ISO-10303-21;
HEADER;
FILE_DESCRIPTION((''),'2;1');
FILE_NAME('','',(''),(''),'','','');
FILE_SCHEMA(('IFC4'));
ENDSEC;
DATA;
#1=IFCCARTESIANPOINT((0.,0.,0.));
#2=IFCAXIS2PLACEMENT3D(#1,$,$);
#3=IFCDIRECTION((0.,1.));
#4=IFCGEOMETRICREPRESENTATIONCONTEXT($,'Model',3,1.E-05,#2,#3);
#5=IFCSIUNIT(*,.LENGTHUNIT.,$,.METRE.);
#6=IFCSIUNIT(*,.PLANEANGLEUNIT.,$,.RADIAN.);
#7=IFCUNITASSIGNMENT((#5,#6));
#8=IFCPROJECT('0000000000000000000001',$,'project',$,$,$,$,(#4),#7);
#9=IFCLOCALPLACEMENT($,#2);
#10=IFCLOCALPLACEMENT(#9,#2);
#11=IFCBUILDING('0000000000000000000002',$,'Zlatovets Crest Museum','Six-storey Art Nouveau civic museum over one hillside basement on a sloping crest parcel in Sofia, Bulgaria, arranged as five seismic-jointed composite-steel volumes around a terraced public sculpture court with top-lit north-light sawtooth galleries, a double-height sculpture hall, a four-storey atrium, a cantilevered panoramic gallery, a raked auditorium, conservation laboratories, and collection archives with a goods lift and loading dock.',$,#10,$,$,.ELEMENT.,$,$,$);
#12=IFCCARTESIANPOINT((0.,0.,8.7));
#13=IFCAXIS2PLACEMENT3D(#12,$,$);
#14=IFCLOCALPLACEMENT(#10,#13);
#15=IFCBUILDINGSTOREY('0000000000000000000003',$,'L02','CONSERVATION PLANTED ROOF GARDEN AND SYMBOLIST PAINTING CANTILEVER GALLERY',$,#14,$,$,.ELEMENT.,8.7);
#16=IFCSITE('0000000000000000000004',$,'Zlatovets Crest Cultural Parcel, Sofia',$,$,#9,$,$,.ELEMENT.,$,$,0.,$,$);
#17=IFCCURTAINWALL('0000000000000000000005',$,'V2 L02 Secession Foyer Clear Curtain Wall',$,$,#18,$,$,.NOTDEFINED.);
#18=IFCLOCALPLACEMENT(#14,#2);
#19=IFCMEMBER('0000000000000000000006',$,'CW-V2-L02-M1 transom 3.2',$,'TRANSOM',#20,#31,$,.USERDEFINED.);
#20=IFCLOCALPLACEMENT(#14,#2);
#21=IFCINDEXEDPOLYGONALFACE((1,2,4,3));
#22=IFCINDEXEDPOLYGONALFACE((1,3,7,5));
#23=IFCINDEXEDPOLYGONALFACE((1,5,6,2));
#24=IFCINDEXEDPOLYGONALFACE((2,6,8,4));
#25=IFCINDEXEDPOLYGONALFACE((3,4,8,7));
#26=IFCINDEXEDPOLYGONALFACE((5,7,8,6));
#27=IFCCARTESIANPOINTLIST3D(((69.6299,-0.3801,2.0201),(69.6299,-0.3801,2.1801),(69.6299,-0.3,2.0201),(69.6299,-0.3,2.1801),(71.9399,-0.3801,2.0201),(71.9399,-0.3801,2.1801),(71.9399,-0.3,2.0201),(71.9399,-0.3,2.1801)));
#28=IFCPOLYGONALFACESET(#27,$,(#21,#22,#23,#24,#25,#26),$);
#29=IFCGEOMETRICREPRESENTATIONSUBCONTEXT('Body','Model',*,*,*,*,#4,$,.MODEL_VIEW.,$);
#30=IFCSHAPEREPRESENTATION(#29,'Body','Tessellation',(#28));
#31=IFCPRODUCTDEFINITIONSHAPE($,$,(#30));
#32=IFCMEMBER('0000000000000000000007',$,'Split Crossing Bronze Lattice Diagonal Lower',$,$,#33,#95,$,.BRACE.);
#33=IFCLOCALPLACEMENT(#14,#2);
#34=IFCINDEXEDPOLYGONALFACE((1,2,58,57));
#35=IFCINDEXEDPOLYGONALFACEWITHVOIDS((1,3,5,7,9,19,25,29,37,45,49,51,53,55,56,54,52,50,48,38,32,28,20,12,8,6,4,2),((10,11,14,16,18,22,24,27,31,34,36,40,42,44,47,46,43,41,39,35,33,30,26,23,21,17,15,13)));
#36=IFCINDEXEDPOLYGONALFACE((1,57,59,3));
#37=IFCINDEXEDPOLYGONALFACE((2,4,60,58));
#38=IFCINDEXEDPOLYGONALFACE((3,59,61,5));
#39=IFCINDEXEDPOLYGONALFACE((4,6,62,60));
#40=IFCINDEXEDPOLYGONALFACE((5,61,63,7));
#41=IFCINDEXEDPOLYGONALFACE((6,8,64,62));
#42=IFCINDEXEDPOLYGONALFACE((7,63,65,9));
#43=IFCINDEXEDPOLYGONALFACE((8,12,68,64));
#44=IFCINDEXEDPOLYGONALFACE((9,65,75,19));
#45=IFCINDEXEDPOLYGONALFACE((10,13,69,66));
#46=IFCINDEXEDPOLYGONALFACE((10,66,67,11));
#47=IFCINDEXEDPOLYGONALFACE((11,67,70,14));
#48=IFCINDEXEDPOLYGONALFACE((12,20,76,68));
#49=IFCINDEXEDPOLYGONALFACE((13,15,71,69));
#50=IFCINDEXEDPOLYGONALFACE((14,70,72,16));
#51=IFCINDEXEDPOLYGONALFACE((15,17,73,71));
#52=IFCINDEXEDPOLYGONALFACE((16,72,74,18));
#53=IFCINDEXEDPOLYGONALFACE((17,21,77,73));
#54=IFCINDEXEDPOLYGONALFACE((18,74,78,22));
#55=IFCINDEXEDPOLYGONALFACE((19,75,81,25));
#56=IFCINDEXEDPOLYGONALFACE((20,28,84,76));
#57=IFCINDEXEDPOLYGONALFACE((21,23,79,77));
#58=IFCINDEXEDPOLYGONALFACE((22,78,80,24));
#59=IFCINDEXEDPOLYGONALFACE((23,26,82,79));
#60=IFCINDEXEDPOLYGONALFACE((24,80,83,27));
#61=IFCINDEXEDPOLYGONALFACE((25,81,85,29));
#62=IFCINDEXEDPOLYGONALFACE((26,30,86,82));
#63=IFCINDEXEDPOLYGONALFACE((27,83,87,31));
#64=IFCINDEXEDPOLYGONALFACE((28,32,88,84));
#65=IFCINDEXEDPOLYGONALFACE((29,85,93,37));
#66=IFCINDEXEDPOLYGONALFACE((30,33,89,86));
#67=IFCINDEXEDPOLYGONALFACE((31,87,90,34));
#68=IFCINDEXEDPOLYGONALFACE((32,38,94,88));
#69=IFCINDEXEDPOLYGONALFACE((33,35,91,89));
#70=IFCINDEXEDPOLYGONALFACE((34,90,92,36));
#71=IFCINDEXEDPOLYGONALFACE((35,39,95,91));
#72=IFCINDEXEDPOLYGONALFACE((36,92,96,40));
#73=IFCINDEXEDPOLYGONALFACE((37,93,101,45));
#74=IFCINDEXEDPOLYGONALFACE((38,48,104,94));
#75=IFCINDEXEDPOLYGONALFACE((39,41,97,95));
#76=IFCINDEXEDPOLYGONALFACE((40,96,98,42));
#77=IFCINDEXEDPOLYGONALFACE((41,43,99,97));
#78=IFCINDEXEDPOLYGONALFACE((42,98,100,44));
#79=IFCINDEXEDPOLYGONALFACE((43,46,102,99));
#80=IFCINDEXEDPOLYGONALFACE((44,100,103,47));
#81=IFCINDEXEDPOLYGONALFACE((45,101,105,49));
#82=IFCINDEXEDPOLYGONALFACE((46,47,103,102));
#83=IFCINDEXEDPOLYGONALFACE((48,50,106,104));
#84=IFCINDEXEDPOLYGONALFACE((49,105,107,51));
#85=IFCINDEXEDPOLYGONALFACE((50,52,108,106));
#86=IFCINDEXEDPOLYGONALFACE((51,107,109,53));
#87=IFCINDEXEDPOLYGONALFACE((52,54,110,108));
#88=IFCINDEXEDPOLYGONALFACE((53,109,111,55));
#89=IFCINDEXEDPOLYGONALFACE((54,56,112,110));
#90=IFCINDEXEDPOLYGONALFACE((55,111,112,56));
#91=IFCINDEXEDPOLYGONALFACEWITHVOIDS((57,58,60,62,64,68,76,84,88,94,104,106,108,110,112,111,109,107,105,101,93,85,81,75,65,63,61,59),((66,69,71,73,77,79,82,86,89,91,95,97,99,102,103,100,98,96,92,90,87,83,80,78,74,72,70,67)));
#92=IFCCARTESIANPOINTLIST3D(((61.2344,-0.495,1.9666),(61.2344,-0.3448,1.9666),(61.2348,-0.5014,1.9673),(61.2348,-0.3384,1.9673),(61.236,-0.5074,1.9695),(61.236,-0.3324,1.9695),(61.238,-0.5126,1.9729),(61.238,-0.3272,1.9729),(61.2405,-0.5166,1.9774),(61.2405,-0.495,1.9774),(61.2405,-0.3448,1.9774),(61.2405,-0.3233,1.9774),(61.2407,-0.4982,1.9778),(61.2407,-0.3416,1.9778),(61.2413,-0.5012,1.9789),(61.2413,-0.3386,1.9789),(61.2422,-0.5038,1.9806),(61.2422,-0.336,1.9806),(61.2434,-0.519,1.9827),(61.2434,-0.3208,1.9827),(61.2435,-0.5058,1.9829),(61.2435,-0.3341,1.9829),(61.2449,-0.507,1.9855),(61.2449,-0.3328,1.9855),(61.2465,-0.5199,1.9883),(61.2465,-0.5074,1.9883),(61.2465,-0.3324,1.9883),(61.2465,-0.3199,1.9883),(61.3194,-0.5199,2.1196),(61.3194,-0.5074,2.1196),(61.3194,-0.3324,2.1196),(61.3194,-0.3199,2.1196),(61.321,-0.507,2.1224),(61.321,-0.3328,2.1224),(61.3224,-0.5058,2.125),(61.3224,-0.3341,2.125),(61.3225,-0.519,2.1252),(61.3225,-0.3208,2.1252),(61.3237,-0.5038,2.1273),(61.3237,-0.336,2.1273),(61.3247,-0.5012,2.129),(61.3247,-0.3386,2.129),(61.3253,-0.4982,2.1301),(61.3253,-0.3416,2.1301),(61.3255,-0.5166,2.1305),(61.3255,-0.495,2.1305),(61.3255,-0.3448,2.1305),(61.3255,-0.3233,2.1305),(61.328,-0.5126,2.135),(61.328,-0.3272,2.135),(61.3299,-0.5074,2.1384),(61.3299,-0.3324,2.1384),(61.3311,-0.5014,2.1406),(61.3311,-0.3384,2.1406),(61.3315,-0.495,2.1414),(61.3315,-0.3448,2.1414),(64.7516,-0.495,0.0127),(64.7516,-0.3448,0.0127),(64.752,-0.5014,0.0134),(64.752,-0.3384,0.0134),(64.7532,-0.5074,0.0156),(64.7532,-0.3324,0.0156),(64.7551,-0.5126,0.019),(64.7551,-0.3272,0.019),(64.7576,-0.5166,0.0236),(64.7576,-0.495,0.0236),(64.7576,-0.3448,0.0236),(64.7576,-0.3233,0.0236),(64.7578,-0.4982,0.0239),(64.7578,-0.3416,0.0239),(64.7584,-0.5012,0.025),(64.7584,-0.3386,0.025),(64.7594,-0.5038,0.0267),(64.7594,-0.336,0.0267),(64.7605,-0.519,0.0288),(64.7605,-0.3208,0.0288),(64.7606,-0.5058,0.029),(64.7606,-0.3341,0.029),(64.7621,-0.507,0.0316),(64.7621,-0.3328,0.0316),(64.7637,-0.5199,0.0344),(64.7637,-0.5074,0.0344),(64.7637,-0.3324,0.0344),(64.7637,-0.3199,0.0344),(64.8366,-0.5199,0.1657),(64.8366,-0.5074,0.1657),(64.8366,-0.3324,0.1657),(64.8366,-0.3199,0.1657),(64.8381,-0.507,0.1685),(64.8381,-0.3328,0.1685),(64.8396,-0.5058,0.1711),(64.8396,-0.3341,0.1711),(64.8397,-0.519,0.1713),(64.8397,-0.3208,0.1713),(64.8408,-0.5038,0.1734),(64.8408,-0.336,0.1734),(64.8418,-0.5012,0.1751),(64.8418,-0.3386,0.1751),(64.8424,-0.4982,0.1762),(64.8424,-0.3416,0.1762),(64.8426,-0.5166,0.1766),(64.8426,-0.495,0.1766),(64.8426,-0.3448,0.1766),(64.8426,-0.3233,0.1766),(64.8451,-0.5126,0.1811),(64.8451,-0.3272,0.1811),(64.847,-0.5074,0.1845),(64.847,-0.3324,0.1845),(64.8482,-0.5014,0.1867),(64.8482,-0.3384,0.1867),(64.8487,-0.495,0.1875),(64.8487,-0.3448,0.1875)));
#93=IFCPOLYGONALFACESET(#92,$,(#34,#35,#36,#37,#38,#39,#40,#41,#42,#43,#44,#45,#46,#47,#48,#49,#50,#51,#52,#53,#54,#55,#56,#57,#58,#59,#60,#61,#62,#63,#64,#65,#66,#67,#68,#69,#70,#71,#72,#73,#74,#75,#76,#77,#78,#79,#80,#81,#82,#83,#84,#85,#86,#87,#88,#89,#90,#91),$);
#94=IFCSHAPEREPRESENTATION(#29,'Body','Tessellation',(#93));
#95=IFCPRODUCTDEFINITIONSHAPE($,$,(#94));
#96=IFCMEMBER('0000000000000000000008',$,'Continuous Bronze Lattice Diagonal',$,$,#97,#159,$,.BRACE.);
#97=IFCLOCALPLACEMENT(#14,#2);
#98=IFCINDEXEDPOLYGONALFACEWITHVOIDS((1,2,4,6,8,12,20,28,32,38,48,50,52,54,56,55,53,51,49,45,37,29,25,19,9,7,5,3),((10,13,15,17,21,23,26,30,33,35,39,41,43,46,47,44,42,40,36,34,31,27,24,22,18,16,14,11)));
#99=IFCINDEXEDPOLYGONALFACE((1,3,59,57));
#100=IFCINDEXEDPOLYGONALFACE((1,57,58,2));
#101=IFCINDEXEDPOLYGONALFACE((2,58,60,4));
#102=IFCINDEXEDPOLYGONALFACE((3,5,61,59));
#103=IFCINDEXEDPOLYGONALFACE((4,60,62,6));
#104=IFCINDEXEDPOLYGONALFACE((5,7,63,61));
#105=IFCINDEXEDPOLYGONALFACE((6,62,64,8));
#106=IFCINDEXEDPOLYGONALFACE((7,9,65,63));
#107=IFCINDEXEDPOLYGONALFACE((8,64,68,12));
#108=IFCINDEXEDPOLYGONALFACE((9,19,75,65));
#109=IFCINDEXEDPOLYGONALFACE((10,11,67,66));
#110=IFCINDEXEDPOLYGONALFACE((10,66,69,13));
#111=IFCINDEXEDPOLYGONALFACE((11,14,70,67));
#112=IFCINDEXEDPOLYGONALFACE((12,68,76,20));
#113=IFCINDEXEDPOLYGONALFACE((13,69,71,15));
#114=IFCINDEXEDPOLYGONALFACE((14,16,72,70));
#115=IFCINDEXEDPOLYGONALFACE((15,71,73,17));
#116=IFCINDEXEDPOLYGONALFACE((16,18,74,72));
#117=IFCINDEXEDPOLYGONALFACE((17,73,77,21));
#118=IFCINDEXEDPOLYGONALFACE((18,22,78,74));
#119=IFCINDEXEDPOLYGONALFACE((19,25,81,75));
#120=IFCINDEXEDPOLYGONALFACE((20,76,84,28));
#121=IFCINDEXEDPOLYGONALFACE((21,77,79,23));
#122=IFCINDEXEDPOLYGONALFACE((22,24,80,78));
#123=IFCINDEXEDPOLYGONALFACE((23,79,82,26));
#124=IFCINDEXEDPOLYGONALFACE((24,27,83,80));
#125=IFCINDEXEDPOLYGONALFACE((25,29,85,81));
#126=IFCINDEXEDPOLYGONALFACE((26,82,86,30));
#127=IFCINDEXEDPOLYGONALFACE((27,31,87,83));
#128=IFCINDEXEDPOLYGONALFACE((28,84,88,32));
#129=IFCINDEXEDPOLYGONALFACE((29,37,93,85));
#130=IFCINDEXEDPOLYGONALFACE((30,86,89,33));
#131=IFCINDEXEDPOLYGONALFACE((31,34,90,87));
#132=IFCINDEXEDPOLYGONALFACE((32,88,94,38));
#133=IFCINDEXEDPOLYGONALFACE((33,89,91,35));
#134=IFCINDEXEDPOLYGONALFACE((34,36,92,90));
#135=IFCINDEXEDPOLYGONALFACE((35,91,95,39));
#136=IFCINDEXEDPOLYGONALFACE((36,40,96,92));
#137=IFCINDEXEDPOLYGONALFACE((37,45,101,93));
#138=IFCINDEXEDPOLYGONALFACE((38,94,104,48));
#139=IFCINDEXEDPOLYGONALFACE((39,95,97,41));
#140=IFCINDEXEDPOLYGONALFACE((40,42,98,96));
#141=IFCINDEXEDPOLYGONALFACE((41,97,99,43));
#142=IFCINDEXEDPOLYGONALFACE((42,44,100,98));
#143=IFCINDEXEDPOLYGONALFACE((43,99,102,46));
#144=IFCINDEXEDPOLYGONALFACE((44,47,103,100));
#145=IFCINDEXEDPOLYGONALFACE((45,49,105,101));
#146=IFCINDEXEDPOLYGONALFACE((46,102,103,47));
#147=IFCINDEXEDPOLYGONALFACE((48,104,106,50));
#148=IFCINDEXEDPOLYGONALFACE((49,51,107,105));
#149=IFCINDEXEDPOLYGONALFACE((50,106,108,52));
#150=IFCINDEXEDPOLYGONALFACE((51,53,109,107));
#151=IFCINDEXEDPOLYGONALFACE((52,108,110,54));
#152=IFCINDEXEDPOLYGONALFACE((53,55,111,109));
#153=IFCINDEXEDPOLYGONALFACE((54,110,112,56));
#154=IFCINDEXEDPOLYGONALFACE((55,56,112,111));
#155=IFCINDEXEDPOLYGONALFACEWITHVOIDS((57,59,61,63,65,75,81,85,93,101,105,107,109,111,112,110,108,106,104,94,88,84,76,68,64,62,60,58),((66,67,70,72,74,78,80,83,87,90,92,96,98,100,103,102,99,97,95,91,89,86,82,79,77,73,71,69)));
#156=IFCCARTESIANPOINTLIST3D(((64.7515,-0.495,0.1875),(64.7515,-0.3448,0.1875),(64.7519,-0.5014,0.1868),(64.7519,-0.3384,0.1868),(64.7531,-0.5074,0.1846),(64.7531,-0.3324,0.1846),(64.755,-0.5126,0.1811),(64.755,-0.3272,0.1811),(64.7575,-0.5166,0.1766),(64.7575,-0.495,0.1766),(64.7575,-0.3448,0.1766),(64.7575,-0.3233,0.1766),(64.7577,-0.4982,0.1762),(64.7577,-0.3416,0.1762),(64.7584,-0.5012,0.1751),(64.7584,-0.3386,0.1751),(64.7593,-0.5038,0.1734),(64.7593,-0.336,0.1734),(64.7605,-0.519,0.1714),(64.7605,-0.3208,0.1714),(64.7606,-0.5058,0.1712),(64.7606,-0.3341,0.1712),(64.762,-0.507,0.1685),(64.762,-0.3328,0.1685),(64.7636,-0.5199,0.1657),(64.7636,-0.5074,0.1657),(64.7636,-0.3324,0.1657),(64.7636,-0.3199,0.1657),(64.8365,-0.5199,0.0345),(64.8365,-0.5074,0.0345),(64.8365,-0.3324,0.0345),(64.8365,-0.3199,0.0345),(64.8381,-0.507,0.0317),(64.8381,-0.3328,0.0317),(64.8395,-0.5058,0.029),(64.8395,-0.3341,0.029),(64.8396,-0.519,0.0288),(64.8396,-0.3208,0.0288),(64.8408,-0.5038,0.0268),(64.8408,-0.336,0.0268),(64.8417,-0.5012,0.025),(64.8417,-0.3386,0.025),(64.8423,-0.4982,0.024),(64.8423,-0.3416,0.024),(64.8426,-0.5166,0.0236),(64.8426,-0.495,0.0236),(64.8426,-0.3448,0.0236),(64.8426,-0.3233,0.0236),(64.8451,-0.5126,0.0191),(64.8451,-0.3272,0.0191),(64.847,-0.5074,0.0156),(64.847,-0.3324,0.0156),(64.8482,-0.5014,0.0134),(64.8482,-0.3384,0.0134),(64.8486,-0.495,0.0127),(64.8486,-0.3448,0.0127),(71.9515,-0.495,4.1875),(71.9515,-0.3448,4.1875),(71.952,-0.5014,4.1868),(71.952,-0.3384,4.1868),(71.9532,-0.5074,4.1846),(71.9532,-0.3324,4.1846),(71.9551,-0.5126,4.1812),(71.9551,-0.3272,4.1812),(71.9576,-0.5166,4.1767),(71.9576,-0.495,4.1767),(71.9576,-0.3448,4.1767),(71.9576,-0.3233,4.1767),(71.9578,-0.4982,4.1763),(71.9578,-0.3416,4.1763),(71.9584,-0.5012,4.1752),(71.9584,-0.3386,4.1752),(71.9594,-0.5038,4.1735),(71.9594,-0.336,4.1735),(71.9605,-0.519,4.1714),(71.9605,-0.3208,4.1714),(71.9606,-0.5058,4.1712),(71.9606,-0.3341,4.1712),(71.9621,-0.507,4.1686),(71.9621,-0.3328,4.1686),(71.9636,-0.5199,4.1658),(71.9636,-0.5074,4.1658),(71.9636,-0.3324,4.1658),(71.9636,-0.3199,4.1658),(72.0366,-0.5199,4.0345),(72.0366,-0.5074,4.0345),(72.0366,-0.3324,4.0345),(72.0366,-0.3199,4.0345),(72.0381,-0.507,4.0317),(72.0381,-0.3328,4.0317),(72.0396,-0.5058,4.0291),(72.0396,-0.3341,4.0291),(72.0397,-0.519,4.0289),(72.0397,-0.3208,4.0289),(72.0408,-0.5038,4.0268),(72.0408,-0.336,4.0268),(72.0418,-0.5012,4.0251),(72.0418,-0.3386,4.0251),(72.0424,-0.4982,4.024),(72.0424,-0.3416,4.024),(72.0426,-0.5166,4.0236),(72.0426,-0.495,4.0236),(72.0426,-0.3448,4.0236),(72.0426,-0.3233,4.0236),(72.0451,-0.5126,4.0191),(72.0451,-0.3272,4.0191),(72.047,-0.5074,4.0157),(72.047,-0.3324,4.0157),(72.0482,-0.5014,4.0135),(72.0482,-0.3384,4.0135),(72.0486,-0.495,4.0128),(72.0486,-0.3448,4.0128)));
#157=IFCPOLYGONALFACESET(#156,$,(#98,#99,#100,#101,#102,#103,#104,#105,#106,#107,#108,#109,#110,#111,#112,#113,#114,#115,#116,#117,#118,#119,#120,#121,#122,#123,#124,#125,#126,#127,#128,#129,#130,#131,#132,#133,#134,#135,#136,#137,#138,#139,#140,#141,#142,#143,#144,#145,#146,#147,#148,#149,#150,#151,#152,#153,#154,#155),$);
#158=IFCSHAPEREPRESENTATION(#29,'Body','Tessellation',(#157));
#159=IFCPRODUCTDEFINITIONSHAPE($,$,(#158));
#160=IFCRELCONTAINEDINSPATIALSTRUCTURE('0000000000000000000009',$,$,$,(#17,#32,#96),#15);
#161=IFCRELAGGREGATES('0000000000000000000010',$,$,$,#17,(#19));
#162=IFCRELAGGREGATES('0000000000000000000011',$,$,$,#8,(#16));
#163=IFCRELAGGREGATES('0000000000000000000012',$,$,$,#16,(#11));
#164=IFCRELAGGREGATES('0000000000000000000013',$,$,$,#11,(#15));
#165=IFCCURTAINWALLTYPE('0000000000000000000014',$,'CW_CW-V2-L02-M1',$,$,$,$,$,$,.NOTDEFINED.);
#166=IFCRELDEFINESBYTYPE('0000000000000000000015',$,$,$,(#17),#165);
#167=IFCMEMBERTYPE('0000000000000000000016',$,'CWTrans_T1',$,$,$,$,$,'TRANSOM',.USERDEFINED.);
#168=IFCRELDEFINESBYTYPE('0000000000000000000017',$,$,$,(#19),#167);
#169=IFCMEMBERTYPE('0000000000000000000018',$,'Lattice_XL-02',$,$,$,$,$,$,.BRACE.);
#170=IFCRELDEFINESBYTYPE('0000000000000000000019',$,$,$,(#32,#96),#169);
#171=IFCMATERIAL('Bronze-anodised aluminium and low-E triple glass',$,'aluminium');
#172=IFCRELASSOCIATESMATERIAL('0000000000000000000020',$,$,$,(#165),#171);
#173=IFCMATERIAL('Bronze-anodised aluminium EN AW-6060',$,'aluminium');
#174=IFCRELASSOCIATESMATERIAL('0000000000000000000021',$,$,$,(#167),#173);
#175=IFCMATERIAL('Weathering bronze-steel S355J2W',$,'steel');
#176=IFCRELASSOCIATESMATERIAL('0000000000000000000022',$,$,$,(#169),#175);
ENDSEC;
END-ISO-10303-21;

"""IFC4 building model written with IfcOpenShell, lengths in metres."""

from ifc_helpers import new_model, si_unit, direction, frame, origin, origin_2d, place, context, subcontext, project, spatial, rectangle, hollow_rectangle, extrude, material, material_profile, profile_set, type_object, element, aggregate, save


model = new_model("IFC4")

# Units and contexts
model_context = context("Model", 3, precision=1e-05, world=origin(), true_north=direction((0.0, 1.0)))
body_context = subcontext(model_context, "Body", "Model", "MODEL_VIEW")
ifc_project = project(units=[si_unit("LENGTHUNIT", "METRE"), si_unit("PLANEANGLEUNIT", "RADIAN")], contexts=[model_context])

# Site, building, storey
site_placement = place(None, origin())
site = spatial("IfcSite", under=ifc_project, at=site_placement, Name="Zlatovets Crest Cultural Parcel, Sofia", CompositionType="ELEMENT", RefElevation=0.0)
building_placement = place(site_placement, origin())
building = spatial("IfcBuilding", under=site, at=building_placement, Name="Zlatovets Crest Museum", Description="Six-storey Art Nouveau civic museum over one hillside basement on a sloping crest parcel in Sofia, Bulgaria, arranged as five seismic-jointed composite-steel volumes around a terraced public sculpture court with top-lit north-light sawtooth galleries, a double-height sculpture hall, a four-storey atrium, a cantilevered panoramic gallery, a raked auditorium, conservation laboratories, and collection archives with a goods lift and loading dock.", CompositionType="ELEMENT")
storey_placement = place(building_placement, frame((0.0, 0.0, 8.7)))
storey = spatial("IfcBuildingStorey", under=building, at=storey_placement, Name="L02", Description="CONSERVATION PLANTED ROOF GARDEN AND SYMBOLIST PAINTING CANTILEVER GALLERY", CompositionType="ELEMENT", Elevation=8.7)

# Curtain wall
ifc_material_1 = material(Name="Bronze-anodised aluminium and low-E triple glass", Category="aluminium")
ifc_material_2 = material(Name="Bronze-anodised aluminium EN AW-6060", Category="aluminium")
curtain_wall_type_1 = type_object("IfcCurtainWallType", Name="CW_CW-V2-L02-M1", PredefinedType="NOTDEFINED", material=ifc_material_1)
curtain_wall_1_placement = place(storey_placement, origin())
curtain_wall_1 = element("IfcCurtainWall", 1, at=curtain_wall_1_placement, inside=storey, type_object=curtain_wall_type_1, Name="V2 L02 Secession Foyer Clear Curtain Wall", PredefinedType="NOTDEFINED")

# Member
ifc_material_profile_1 = material_profile(ifc_material_2, rectangle(XDim=0.0801, YDim=0.1599, at=origin_2d()), Name="ALU 80x160")
ifc_profile_set_1 = profile_set([ifc_material_profile_1], Name="Bronze-anodised aluminium EN AW-6060")
member_type_1 = type_object("IfcMemberType", Name="CWTrans_T1", ElementType="TRANSOM", PredefinedType="USERDEFINED", material=ifc_profile_set_1)
member_1_placement = place(storey_placement, frame((69.6299, -0.3401, 2.1001), z_axis=(1.0, 0.0, 0.0), x_axis=(0.0, 1.0, 0.0)))
member_1 = element("IfcMember", 2, at=member_1_placement, type_object=member_type_1, Name="CW-V2-L02-M1 transom 3.2", ObjectType="TRANSOM", PredefinedType="USERDEFINED", context=body_context, shape_type="SweptSolid", body=[
    extrude(rectangle(XDim=0.0801, YDim=0.1599, at=origin_2d()), origin(), (0.0, 0.0, 1.0), 2.3101),
])

# Members
ifc_material_3 = material(Name="Weathering bronze-steel S355J2W", Category="steel")
ifc_material_profile_2 = material_profile(ifc_material_3, hollow_rectangle(XDim=0.2, YDim=0.2, WallThickness=0.0125, InnerFilletRadius=0.0125, OuterFilletRadius=0.0249, at=origin_2d()), Name="SHS 200x200x12.5")
ifc_profile_set_2 = profile_set([ifc_material_profile_2], Name="Weathering bronze-steel S355J2W")
member_type_2 = type_object("IfcMemberType", Name="Lattice_XL-02", PredefinedType="BRACE", material=ifc_profile_set_2)
member_2_placement = place(storey_placement, frame((61.283, -0.4199, 2.054), z_axis=(0.874166, 0.0, -0.485627), x_axis=(0.0, 1.0, 0.0)))
element("IfcMember", 3, at=member_2_placement, inside=storey, type_object=member_type_2, Name="Split Crossing Bronze Lattice Diagonal Lower", PredefinedType="BRACE", context=body_context, shape_type="SweptSolid", body=[
    extrude(hollow_rectangle(XDim=0.2, YDim=0.2, WallThickness=0.0125, InnerFilletRadius=0.0125, OuterFilletRadius=0.0249, at=origin_2d()), origin(), (0.0, 0.0, 1.0), 4.0234),
])
member_3_placement = place(storey_placement, frame((64.8, -0.4199, 0.1001), z_axis=(0.874156, 0.0, 0.485645), x_axis=(0.0, 1.0, 0.0)))
element("IfcMember", 4, at=member_3_placement, inside=storey, type_object=member_type_2, Name="Continuous Bronze Lattice Diagonal", PredefinedType="BRACE", context=body_context, shape_type="SweptSolid", body=[
    extrude(hollow_rectangle(XDim=0.2, YDim=0.2, WallThickness=0.0125, InnerFilletRadius=0.0125, OuterFilletRadius=0.0249, at=origin_2d()), origin(), (0.0, 0.0, 1.0), 8.2366),
])

aggregate(curtain_wall_1, [member_1])

save(model, "model.ifc")
